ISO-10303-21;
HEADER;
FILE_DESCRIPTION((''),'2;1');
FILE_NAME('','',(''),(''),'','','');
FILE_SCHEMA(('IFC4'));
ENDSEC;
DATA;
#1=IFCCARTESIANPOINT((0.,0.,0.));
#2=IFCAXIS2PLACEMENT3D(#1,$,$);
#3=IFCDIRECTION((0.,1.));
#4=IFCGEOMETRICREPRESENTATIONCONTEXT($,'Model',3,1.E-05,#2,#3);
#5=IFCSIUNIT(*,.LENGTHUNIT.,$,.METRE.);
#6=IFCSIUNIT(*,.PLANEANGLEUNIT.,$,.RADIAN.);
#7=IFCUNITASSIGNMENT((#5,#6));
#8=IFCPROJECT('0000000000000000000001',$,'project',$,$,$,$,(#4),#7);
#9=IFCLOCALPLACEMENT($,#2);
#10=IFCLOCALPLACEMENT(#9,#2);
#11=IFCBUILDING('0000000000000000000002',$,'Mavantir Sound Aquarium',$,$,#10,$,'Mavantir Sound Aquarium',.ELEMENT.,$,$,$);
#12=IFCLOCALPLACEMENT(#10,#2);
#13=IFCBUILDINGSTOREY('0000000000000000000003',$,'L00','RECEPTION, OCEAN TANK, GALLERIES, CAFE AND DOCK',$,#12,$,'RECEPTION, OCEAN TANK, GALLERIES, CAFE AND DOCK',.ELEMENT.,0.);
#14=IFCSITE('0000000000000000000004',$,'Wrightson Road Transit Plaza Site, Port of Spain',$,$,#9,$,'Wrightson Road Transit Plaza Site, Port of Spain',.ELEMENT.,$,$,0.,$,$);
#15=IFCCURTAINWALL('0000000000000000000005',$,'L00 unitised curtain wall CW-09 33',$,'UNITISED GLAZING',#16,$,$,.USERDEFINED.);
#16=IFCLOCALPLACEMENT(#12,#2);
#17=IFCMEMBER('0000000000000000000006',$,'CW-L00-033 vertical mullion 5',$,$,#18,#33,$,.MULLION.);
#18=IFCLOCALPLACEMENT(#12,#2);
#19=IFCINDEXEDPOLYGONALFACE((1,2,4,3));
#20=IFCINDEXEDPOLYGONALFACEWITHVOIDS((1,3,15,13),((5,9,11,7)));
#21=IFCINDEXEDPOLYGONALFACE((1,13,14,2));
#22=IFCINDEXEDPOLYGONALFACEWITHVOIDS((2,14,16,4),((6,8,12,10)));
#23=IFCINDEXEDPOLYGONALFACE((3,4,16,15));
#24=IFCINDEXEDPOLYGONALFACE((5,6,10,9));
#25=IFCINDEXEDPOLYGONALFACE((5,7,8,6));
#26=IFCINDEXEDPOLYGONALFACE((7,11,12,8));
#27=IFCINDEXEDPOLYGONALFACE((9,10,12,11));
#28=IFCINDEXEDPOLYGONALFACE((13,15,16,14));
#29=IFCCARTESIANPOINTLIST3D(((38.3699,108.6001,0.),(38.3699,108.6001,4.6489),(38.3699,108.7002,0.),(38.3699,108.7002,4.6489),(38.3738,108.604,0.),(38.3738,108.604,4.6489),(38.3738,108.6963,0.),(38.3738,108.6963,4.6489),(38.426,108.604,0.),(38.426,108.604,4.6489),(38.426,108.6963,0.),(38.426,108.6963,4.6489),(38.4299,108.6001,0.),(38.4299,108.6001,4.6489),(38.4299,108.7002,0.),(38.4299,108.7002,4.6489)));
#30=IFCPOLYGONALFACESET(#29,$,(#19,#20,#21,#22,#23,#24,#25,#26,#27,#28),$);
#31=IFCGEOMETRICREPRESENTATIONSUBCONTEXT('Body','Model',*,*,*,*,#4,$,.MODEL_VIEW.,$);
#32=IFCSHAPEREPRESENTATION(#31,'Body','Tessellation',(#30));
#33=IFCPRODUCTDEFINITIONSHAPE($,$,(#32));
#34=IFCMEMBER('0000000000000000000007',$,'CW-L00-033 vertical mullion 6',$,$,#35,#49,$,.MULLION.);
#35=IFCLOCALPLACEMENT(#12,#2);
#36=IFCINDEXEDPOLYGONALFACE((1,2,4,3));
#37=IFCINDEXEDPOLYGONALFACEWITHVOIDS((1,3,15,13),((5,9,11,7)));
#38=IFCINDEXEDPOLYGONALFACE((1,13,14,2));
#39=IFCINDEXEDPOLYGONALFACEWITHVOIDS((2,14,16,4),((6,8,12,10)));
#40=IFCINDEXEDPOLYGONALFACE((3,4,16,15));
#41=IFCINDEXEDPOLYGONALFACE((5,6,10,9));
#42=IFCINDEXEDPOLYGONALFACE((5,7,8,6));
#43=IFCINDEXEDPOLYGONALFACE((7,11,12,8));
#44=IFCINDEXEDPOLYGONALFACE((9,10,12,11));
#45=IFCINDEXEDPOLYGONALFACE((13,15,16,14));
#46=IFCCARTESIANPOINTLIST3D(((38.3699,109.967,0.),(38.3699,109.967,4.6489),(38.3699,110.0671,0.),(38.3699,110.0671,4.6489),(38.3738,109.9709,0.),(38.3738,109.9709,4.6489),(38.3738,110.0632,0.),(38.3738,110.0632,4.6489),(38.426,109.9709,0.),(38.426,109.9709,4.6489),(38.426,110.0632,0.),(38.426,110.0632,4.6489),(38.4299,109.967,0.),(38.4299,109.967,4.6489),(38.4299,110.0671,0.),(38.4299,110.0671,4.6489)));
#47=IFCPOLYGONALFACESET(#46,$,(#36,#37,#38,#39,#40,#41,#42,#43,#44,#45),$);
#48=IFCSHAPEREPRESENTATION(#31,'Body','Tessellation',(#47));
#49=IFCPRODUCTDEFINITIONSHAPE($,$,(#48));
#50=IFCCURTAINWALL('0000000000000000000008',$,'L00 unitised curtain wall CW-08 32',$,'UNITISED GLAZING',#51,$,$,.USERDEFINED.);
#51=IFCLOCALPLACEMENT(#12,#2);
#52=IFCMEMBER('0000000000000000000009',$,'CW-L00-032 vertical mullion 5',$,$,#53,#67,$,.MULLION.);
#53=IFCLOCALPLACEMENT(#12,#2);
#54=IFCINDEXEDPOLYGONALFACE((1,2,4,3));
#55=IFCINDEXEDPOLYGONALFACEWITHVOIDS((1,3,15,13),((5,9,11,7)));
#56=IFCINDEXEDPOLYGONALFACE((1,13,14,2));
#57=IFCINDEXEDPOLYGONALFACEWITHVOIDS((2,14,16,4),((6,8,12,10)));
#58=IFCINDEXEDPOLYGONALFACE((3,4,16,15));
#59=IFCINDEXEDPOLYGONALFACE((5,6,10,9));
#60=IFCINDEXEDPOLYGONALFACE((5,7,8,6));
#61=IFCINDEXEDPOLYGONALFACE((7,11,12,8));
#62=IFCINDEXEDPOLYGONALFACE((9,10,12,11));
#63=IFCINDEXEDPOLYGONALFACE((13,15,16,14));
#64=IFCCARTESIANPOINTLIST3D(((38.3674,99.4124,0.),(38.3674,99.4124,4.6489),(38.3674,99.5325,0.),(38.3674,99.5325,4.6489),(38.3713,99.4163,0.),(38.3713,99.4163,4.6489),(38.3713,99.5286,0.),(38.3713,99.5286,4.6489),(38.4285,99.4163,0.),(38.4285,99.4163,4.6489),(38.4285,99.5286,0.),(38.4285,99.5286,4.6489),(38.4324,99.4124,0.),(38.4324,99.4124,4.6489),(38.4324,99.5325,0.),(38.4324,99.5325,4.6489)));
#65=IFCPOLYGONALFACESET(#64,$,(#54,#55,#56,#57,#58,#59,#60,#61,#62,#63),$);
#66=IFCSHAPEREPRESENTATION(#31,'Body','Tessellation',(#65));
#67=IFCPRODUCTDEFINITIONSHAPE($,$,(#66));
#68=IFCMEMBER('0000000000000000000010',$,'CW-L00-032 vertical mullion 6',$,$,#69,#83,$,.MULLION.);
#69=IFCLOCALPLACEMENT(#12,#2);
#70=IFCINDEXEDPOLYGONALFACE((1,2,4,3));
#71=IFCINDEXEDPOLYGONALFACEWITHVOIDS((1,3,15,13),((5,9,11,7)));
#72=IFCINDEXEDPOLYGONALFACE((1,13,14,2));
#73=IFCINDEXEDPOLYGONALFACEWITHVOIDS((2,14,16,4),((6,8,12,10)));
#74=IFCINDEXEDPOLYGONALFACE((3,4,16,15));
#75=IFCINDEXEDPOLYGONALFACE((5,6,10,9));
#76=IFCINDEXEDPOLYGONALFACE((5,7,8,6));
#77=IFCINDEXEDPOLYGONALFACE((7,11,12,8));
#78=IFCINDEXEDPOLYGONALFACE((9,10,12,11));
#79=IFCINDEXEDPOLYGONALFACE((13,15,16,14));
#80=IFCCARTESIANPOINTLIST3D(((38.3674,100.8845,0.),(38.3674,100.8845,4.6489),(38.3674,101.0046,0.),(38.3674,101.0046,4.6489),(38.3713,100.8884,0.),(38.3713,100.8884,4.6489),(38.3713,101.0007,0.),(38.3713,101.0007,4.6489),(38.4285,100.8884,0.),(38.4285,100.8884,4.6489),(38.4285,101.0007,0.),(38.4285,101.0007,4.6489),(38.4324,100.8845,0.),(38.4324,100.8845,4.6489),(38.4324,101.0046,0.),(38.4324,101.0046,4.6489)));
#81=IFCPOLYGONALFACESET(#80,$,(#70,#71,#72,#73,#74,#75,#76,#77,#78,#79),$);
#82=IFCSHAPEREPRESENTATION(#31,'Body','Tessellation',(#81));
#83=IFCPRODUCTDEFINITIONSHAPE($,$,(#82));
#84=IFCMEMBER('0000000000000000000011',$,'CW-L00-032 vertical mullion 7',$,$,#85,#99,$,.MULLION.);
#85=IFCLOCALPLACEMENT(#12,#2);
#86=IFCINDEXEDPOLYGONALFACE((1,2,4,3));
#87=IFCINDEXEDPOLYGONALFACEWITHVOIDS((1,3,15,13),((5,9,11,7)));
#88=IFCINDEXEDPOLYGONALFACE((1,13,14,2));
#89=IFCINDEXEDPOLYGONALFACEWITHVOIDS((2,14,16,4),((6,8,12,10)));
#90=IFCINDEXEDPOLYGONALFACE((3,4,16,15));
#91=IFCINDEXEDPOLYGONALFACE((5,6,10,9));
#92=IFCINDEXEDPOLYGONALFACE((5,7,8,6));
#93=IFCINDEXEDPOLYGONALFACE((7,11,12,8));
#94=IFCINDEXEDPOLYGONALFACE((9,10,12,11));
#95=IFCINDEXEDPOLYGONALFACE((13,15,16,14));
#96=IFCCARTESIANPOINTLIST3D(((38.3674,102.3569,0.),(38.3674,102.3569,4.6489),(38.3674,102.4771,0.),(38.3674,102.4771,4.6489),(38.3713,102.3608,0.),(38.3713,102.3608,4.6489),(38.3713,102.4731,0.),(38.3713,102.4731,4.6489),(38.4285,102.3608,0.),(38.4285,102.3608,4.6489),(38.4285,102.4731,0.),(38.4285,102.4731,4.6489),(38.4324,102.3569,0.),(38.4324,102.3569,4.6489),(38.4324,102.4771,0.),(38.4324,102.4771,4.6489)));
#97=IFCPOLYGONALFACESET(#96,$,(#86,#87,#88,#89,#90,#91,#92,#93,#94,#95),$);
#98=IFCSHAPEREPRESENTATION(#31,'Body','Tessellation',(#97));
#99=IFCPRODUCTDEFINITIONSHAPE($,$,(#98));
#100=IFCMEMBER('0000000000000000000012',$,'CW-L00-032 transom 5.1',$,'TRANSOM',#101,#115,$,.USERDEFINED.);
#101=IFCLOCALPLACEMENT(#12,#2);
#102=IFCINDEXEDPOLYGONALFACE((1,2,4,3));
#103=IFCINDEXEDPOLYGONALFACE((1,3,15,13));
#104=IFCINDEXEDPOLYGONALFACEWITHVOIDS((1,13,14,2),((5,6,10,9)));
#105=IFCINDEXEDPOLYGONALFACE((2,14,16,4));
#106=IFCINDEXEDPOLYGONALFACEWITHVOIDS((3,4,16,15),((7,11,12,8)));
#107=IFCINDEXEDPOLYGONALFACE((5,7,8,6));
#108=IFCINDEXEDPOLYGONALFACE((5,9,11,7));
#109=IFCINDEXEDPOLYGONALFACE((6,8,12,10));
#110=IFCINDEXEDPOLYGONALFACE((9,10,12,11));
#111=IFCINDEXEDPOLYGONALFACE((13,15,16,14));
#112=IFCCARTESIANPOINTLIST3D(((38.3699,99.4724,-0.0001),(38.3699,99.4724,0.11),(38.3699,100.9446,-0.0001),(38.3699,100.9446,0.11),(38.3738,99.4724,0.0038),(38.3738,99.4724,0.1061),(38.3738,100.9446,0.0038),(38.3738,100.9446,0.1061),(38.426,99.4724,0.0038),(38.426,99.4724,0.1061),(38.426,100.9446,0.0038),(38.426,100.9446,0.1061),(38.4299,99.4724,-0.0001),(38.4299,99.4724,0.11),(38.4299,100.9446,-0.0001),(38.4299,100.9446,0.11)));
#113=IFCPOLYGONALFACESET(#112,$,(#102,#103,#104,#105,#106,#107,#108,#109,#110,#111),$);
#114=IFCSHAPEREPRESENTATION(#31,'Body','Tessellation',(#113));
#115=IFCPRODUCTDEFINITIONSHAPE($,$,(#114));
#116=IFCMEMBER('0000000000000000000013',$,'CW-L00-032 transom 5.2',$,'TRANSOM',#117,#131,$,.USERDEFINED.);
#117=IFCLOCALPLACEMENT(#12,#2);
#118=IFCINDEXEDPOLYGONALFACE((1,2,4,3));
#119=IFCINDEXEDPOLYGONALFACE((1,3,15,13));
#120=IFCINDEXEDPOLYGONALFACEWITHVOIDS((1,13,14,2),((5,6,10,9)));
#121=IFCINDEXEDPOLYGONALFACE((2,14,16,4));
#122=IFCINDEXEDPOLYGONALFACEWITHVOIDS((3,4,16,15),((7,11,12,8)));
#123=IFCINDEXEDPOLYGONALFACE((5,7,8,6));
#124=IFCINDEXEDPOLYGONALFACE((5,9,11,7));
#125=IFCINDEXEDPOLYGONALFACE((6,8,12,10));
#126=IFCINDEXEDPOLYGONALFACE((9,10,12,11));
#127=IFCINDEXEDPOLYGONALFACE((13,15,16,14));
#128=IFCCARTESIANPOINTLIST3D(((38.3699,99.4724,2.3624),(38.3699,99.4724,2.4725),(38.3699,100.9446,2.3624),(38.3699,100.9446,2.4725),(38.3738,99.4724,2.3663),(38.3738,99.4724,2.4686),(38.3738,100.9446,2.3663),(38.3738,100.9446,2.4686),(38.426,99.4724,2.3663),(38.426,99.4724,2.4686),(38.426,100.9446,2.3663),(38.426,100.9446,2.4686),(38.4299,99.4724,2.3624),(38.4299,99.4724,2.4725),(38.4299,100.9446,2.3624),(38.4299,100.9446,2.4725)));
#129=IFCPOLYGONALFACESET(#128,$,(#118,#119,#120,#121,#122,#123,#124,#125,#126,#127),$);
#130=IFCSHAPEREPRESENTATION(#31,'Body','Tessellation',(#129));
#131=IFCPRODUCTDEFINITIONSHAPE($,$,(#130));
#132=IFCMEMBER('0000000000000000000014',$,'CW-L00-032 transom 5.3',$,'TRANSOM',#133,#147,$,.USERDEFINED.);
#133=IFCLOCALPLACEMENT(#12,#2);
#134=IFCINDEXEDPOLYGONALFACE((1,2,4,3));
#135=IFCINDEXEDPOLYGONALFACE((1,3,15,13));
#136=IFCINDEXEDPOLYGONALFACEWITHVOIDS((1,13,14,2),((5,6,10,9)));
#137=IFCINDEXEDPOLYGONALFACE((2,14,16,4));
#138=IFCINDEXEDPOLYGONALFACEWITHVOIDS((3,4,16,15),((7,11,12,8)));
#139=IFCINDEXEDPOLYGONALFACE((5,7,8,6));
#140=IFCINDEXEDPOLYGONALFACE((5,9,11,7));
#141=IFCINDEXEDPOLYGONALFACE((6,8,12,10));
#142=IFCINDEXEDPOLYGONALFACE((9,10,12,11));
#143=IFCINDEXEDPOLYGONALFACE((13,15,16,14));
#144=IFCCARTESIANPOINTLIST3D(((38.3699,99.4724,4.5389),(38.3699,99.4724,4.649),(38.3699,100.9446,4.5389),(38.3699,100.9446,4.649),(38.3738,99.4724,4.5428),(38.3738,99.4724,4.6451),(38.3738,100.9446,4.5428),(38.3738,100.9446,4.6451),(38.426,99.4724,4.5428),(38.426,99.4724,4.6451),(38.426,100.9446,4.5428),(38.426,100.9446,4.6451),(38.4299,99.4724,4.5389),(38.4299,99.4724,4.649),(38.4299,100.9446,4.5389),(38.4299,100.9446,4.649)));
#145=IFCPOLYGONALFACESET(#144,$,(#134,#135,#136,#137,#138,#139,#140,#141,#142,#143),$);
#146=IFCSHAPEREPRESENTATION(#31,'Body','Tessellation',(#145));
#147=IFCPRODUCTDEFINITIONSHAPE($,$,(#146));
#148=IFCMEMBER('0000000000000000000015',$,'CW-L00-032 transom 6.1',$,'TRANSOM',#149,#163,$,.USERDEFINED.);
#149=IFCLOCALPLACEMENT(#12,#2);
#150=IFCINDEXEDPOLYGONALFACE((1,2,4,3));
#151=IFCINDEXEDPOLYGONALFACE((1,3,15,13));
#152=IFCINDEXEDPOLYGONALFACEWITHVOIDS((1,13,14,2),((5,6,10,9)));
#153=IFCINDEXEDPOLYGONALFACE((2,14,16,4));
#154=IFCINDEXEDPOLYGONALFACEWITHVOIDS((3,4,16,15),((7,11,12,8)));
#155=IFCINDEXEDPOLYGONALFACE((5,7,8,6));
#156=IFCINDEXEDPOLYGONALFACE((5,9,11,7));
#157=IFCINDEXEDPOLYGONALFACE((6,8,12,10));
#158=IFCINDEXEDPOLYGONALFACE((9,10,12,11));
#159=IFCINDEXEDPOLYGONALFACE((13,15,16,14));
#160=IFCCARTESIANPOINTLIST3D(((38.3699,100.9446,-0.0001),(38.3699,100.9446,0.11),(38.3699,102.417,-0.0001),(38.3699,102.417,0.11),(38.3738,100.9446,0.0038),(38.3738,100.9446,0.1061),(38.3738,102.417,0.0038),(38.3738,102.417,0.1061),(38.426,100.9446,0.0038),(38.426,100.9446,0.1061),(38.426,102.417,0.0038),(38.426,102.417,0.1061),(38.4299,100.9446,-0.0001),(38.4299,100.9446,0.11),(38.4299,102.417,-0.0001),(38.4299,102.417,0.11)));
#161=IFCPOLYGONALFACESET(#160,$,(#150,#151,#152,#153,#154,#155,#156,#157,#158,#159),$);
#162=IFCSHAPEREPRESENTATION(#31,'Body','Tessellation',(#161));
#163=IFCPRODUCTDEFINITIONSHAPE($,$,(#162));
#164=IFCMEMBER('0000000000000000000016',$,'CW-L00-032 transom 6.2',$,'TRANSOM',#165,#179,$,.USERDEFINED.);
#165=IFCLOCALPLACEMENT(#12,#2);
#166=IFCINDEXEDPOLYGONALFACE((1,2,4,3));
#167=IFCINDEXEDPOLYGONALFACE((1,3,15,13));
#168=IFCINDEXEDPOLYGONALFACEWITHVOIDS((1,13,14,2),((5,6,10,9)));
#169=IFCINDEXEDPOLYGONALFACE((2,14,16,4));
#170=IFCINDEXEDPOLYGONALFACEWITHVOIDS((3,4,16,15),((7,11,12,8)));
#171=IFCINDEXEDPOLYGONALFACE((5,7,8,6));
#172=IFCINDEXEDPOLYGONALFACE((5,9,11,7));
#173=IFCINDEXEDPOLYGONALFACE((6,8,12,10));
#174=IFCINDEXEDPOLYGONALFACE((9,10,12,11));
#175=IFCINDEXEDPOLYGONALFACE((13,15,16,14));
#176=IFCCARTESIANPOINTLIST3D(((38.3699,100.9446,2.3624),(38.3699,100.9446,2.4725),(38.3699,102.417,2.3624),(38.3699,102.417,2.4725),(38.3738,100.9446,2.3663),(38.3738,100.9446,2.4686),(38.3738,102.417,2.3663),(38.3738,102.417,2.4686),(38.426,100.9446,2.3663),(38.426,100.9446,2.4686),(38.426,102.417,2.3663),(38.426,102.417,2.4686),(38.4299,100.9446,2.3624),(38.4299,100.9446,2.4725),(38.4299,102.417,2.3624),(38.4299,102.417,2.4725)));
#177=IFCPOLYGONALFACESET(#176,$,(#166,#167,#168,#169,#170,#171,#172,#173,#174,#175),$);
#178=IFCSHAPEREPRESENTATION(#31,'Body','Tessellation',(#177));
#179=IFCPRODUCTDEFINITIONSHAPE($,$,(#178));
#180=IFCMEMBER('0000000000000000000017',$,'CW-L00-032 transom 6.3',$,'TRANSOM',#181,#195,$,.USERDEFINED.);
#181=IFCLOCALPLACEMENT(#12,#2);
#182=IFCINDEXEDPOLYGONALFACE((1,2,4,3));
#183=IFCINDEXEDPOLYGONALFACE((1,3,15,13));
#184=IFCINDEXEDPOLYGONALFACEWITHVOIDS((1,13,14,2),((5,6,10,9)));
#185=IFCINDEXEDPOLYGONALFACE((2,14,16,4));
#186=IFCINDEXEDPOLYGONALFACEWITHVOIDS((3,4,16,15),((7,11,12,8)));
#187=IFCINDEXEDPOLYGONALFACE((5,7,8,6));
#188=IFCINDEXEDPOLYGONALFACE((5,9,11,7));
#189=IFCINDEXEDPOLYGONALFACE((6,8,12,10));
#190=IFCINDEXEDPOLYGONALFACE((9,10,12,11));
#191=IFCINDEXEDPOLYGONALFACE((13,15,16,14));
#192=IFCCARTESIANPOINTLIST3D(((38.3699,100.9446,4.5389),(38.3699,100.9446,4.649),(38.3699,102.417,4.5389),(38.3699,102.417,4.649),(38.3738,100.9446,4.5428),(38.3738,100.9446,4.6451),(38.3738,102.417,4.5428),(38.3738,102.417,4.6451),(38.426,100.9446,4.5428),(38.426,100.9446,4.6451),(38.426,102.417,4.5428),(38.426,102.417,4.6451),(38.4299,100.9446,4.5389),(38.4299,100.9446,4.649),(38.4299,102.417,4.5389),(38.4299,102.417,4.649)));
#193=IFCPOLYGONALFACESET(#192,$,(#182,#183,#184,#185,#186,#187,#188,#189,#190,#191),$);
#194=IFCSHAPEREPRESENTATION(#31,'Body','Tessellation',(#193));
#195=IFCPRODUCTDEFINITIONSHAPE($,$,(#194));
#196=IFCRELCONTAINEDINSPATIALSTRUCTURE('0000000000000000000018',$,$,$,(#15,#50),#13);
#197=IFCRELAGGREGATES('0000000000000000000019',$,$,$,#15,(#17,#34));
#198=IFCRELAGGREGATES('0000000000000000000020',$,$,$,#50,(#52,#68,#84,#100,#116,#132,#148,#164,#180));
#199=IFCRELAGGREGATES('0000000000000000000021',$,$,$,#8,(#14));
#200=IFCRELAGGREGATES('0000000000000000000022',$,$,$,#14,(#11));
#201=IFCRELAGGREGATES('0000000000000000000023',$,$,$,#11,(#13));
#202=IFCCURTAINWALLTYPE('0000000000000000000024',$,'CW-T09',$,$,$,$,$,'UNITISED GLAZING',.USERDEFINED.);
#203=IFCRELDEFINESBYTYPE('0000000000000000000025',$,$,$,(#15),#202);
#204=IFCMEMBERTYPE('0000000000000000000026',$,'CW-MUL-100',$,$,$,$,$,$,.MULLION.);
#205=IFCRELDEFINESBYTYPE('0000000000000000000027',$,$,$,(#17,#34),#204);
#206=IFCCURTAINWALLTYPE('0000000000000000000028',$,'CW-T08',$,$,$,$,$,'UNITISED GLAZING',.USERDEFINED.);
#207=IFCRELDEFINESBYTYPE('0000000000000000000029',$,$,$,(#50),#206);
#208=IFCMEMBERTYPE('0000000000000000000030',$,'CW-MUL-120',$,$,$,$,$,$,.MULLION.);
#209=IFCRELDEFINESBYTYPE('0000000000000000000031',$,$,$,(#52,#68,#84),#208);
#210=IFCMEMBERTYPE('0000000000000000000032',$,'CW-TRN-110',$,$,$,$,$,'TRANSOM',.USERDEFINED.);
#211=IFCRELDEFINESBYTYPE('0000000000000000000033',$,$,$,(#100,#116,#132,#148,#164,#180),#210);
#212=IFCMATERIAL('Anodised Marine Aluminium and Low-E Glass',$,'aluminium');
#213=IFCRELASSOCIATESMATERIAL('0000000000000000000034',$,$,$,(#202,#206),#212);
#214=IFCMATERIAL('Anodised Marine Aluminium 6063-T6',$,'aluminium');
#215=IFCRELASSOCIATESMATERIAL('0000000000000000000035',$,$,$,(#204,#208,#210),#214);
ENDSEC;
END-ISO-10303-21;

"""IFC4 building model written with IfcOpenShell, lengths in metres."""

from ifc_helpers import new_model, si_unit, direction, frame, origin, origin_2d, place, context, subcontext, project, spatial, hollow_rectangle, extrude, material, material_profile, profile_set, type_object, element, aggregate, save


model = new_model("IFC4")

# Units and contexts
model_context = context("Model", 3, precision=1e-05, world=origin(), true_north=direction((0.0, 1.0)))
body_context = subcontext(model_context, "Body", "Model", "MODEL_VIEW")
ifc_project = project(units=[si_unit("LENGTHUNIT", "METRE"), si_unit("PLANEANGLEUNIT", "RADIAN")], contexts=[model_context])

# Site, building, storey
site_placement = place(None, origin())
site = spatial("IfcSite", under=ifc_project, at=site_placement, Name="Wrightson Road Transit Plaza Site, Port of Spain", LongName="Wrightson Road Transit Plaza Site, Port of Spain", CompositionType="ELEMENT", RefElevation=0.0)
building_placement = place(site_placement, origin())
building = spatial("IfcBuilding", under=site, at=building_placement, Name="Mavantir Sound Aquarium", LongName="Mavantir Sound Aquarium", CompositionType="ELEMENT")
storey_placement = place(building_placement, origin())
storey = spatial("IfcBuildingStorey", under=building, at=storey_placement, Name="L00", Description="RECEPTION, OCEAN TANK, GALLERIES, CAFE AND DOCK", LongName="RECEPTION, OCEAN TANK, GALLERIES, CAFE AND DOCK", CompositionType="ELEMENT", Elevation=0.0)

# Curtain walls, members
ifc_material_1 = material(Name="Anodised Marine Aluminium and Low-E Glass", Category="aluminium")
curtain_wall_type_1 = type_object("IfcCurtainWallType", Name="CW-T09", ElementType="UNITISED GLAZING", PredefinedType="USERDEFINED", material=ifc_material_1)
curtain_wall_1_placement = place(storey_placement, origin())
curtain_wall_1 = element("IfcCurtainWall", 1, at=curtain_wall_1_placement, inside=storey, type_object=curtain_wall_type_1, Name="L00 unitised curtain wall CW-09 33", ObjectType="UNITISED GLAZING", PredefinedType="USERDEFINED")
ifc_material_2 = material(Name="Anodised Marine Aluminium 6063-T6", Category="aluminium")
ifc_material_profile_1 = material_profile(ifc_material_2, hollow_rectangle(XDim=0.0601, YDim=0.1001, WallThickness=0.0039, at=origin_2d()), Name="ALU-MULLION-100X60")
ifc_profile_set_1 = profile_set([ifc_material_profile_1], Name="Anodised Marine Aluminium 6063-T6")
member_type_1 = type_object("IfcMemberType", Name="CW-MUL-100", PredefinedType="MULLION", material=ifc_profile_set_1)
member_1_placement = place(storey_placement, frame((38.3999, 108.6501, 0.0), z_axis=(0.0, 0.0, 1.0), x_axis=(1.0, 0.0, 0.0)))
member_1 = element("IfcMember", 2, at=member_1_placement, type_object=member_type_1, Name="CW-L00-033 vertical mullion 5", PredefinedType="MULLION", context=body_context, shape_type="SweptSolid", body=[
    extrude(hollow_rectangle(XDim=0.0601, YDim=0.1001, WallThickness=0.0039, at=origin_2d()), origin(), (0.0, 0.0, 1.0), 4.6489),
])
member_2_placement = place(storey_placement, frame((38.3999, 110.0171, 0.0), z_axis=(0.0, 0.0, 1.0), x_axis=(1.0, 0.0, 0.0)))
member_2 = element("IfcMember", 3, at=member_2_placement, type_object=member_type_1, Name="CW-L00-033 vertical mullion 6", PredefinedType="MULLION", context=body_context, shape_type="SweptSolid", body=[
    extrude(hollow_rectangle(XDim=0.0601, YDim=0.1001, WallThickness=0.0039, at=origin_2d()), origin(), (0.0, 0.0, 1.0), 4.6489),
])
curtain_wall_type_2 = type_object("IfcCurtainWallType", Name="CW-T08", ElementType="UNITISED GLAZING", PredefinedType="USERDEFINED", material=ifc_material_1)
curtain_wall_2_placement = place(storey_placement, origin())
curtain_wall_2 = element("IfcCurtainWall", 4, at=curtain_wall_2_placement, inside=storey, type_object=curtain_wall_type_2, Name="L00 unitised curtain wall CW-08 32", ObjectType="UNITISED GLAZING", PredefinedType="USERDEFINED")
ifc_material_profile_2 = material_profile(ifc_material_2, hollow_rectangle(XDim=0.0649, YDim=0.1201, WallThickness=0.0039, at=origin_2d()), Name="ALU-MULLION-120X65")
ifc_profile_set_2 = profile_set([ifc_material_profile_2], Name="Anodised Marine Aluminium 6063-T6")
member_type_2 = type_object("IfcMemberType", Name="CW-MUL-120", PredefinedType="MULLION", material=ifc_profile_set_2)
member_3_placement = place(storey_placement, frame((38.3999, 99.4724, 0.0), z_axis=(0.0, 0.0, 1.0), x_axis=(1.0, 0.0, 0.0)))
member_3 = element("IfcMember", 5, at=member_3_placement, type_object=member_type_2, Name="CW-L00-032 vertical mullion 5", PredefinedType="MULLION", context=body_context, shape_type="SweptSolid", body=[
    extrude(hollow_rectangle(XDim=0.0649, YDim=0.1201, WallThickness=0.0039, at=origin_2d()), origin(), (0.0, 0.0, 1.0), 4.6489),
])
member_4_placement = place(storey_placement, frame((38.3999, 100.9446, 0.0), z_axis=(0.0, 0.0, 1.0), x_axis=(1.0, 0.0, 0.0)))
member_4 = element("IfcMember", 6, at=member_4_placement, type_object=member_type_2, Name="CW-L00-032 vertical mullion 6", PredefinedType="MULLION", context=body_context, shape_type="SweptSolid", body=[
    extrude(hollow_rectangle(XDim=0.0649, YDim=0.1201, WallThickness=0.0039, at=origin_2d()), origin(), (0.0, 0.0, 1.0), 4.6489),
])
member_5_placement = place(storey_placement, frame((38.3999, 102.417, 0.0), z_axis=(0.0, 0.0, 1.0), x_axis=(1.0, 0.0, 0.0)))
member_5 = element("IfcMember", 7, at=member_5_placement, type_object=member_type_2, Name="CW-L00-032 vertical mullion 7", PredefinedType="MULLION", context=body_context, shape_type="SweptSolid", body=[
    extrude(hollow_rectangle(XDim=0.0649, YDim=0.1201, WallThickness=0.0039, at=origin_2d()), origin(), (0.0, 0.0, 1.0), 4.6489),
])
ifc_material_profile_3 = material_profile(ifc_material_2, hollow_rectangle(XDim=0.0601, YDim=0.1101, WallThickness=0.0039, at=origin_2d()), Name="ALU-TRANSOM-110X60")
ifc_profile_set_3 = profile_set([ifc_material_profile_3], Name="Anodised Marine Aluminium 6063-T6")
member_type_3 = type_object("IfcMemberType", Name="CW-TRN-110", ElementType="TRANSOM", PredefinedType="USERDEFINED", material=ifc_profile_set_3)
member_6_placement = place(storey_placement, frame((38.3999, 99.4724, 0.0549), z_axis=(0.0, 1.0, 0.0), x_axis=(-1.0, 0.0, 0.0)))
member_6 = element("IfcMember", 8, at=member_6_placement, type_object=member_type_3, Name="CW-L00-032 transom 5.1", ObjectType="TRANSOM", PredefinedType="USERDEFINED", context=body_context, shape_type="SweptSolid", body=[
    extrude(hollow_rectangle(XDim=0.0601, YDim=0.1101, WallThickness=0.0039, at=origin_2d()), origin(), (0.0, 0.0, 1.0), 1.4722),
])
member_7_placement = place(storey_placement, frame((38.3999, 99.4724, 2.4175), z_axis=(0.0, 1.0, 0.0), x_axis=(-1.0, 0.0, 0.0)))
member_7 = element("IfcMember", 9, at=member_7_placement, type_object=member_type_3, Name="CW-L00-032 transom 5.2", ObjectType="TRANSOM", PredefinedType="USERDEFINED", context=body_context, shape_type="SweptSolid", body=[
    extrude(hollow_rectangle(XDim=0.0601, YDim=0.1101, WallThickness=0.0039, at=origin_2d()), origin(), (0.0, 0.0, 1.0), 1.4722),
])
member_8_placement = place(storey_placement, frame((38.3999, 99.4724, 4.594), z_axis=(0.0, 1.0, 0.0), x_axis=(-1.0, 0.0, 0.0)))
member_8 = element("IfcMember", 10, at=member_8_placement, type_object=member_type_3, Name="CW-L00-032 transom 5.3", ObjectType="TRANSOM", PredefinedType="USERDEFINED", context=body_context, shape_type="SweptSolid", body=[
    extrude(hollow_rectangle(XDim=0.0601, YDim=0.1101, WallThickness=0.0039, at=origin_2d()), origin(), (0.0, 0.0, 1.0), 1.4722),
])
member_9_placement = place(storey_placement, frame((38.3999, 100.9446, 0.0549), z_axis=(0.0, 1.0, 0.0), x_axis=(-1.0, 0.0, 0.0)))
member_9 = element("IfcMember", 11, at=member_9_placement, type_object=member_type_3, Name="CW-L00-032 transom 6.1", ObjectType="TRANSOM", PredefinedType="USERDEFINED", context=body_context, shape_type="SweptSolid", body=[
    extrude(hollow_rectangle(XDim=0.0601, YDim=0.1101, WallThickness=0.0039, at=origin_2d()), origin(), (0.0, 0.0, 1.0), 1.4724),
])
member_10_placement = place(storey_placement, frame((38.3999, 100.9446, 2.4175), z_axis=(0.0, 1.0, 0.0), x_axis=(-1.0, 0.0, 0.0)))
member_10 = element("IfcMember", 12, at=member_10_placement, type_object=member_type_3, Name="CW-L00-032 transom 6.2", ObjectType="TRANSOM", PredefinedType="USERDEFINED", context=body_context, shape_type="SweptSolid", body=[
    extrude(hollow_rectangle(XDim=0.0601, YDim=0.1101, WallThickness=0.0039, at=origin_2d()), origin(), (0.0, 0.0, 1.0), 1.4724),
])
member_11_placement = place(storey_placement, frame((38.3999, 100.9446, 4.594), z_axis=(0.0, 1.0, 0.0), x_axis=(-1.0, 0.0, 0.0)))
member_11 = element("IfcMember", 13, at=member_11_placement, type_object=member_type_3, Name="CW-L00-032 transom 6.3", ObjectType="TRANSOM", PredefinedType="USERDEFINED", context=body_context, shape_type="SweptSolid", body=[
    extrude(hollow_rectangle(XDim=0.0601, YDim=0.1101, WallThickness=0.0039, at=origin_2d()), origin(), (0.0, 0.0, 1.0), 1.4724),
])

aggregate(curtain_wall_1, [member_1, member_2])

aggregate(curtain_wall_2, [member_3, member_4, member_5, member_6, member_7, member_8, member_9, member_10, member_11])

save(model, "model.ifc")
